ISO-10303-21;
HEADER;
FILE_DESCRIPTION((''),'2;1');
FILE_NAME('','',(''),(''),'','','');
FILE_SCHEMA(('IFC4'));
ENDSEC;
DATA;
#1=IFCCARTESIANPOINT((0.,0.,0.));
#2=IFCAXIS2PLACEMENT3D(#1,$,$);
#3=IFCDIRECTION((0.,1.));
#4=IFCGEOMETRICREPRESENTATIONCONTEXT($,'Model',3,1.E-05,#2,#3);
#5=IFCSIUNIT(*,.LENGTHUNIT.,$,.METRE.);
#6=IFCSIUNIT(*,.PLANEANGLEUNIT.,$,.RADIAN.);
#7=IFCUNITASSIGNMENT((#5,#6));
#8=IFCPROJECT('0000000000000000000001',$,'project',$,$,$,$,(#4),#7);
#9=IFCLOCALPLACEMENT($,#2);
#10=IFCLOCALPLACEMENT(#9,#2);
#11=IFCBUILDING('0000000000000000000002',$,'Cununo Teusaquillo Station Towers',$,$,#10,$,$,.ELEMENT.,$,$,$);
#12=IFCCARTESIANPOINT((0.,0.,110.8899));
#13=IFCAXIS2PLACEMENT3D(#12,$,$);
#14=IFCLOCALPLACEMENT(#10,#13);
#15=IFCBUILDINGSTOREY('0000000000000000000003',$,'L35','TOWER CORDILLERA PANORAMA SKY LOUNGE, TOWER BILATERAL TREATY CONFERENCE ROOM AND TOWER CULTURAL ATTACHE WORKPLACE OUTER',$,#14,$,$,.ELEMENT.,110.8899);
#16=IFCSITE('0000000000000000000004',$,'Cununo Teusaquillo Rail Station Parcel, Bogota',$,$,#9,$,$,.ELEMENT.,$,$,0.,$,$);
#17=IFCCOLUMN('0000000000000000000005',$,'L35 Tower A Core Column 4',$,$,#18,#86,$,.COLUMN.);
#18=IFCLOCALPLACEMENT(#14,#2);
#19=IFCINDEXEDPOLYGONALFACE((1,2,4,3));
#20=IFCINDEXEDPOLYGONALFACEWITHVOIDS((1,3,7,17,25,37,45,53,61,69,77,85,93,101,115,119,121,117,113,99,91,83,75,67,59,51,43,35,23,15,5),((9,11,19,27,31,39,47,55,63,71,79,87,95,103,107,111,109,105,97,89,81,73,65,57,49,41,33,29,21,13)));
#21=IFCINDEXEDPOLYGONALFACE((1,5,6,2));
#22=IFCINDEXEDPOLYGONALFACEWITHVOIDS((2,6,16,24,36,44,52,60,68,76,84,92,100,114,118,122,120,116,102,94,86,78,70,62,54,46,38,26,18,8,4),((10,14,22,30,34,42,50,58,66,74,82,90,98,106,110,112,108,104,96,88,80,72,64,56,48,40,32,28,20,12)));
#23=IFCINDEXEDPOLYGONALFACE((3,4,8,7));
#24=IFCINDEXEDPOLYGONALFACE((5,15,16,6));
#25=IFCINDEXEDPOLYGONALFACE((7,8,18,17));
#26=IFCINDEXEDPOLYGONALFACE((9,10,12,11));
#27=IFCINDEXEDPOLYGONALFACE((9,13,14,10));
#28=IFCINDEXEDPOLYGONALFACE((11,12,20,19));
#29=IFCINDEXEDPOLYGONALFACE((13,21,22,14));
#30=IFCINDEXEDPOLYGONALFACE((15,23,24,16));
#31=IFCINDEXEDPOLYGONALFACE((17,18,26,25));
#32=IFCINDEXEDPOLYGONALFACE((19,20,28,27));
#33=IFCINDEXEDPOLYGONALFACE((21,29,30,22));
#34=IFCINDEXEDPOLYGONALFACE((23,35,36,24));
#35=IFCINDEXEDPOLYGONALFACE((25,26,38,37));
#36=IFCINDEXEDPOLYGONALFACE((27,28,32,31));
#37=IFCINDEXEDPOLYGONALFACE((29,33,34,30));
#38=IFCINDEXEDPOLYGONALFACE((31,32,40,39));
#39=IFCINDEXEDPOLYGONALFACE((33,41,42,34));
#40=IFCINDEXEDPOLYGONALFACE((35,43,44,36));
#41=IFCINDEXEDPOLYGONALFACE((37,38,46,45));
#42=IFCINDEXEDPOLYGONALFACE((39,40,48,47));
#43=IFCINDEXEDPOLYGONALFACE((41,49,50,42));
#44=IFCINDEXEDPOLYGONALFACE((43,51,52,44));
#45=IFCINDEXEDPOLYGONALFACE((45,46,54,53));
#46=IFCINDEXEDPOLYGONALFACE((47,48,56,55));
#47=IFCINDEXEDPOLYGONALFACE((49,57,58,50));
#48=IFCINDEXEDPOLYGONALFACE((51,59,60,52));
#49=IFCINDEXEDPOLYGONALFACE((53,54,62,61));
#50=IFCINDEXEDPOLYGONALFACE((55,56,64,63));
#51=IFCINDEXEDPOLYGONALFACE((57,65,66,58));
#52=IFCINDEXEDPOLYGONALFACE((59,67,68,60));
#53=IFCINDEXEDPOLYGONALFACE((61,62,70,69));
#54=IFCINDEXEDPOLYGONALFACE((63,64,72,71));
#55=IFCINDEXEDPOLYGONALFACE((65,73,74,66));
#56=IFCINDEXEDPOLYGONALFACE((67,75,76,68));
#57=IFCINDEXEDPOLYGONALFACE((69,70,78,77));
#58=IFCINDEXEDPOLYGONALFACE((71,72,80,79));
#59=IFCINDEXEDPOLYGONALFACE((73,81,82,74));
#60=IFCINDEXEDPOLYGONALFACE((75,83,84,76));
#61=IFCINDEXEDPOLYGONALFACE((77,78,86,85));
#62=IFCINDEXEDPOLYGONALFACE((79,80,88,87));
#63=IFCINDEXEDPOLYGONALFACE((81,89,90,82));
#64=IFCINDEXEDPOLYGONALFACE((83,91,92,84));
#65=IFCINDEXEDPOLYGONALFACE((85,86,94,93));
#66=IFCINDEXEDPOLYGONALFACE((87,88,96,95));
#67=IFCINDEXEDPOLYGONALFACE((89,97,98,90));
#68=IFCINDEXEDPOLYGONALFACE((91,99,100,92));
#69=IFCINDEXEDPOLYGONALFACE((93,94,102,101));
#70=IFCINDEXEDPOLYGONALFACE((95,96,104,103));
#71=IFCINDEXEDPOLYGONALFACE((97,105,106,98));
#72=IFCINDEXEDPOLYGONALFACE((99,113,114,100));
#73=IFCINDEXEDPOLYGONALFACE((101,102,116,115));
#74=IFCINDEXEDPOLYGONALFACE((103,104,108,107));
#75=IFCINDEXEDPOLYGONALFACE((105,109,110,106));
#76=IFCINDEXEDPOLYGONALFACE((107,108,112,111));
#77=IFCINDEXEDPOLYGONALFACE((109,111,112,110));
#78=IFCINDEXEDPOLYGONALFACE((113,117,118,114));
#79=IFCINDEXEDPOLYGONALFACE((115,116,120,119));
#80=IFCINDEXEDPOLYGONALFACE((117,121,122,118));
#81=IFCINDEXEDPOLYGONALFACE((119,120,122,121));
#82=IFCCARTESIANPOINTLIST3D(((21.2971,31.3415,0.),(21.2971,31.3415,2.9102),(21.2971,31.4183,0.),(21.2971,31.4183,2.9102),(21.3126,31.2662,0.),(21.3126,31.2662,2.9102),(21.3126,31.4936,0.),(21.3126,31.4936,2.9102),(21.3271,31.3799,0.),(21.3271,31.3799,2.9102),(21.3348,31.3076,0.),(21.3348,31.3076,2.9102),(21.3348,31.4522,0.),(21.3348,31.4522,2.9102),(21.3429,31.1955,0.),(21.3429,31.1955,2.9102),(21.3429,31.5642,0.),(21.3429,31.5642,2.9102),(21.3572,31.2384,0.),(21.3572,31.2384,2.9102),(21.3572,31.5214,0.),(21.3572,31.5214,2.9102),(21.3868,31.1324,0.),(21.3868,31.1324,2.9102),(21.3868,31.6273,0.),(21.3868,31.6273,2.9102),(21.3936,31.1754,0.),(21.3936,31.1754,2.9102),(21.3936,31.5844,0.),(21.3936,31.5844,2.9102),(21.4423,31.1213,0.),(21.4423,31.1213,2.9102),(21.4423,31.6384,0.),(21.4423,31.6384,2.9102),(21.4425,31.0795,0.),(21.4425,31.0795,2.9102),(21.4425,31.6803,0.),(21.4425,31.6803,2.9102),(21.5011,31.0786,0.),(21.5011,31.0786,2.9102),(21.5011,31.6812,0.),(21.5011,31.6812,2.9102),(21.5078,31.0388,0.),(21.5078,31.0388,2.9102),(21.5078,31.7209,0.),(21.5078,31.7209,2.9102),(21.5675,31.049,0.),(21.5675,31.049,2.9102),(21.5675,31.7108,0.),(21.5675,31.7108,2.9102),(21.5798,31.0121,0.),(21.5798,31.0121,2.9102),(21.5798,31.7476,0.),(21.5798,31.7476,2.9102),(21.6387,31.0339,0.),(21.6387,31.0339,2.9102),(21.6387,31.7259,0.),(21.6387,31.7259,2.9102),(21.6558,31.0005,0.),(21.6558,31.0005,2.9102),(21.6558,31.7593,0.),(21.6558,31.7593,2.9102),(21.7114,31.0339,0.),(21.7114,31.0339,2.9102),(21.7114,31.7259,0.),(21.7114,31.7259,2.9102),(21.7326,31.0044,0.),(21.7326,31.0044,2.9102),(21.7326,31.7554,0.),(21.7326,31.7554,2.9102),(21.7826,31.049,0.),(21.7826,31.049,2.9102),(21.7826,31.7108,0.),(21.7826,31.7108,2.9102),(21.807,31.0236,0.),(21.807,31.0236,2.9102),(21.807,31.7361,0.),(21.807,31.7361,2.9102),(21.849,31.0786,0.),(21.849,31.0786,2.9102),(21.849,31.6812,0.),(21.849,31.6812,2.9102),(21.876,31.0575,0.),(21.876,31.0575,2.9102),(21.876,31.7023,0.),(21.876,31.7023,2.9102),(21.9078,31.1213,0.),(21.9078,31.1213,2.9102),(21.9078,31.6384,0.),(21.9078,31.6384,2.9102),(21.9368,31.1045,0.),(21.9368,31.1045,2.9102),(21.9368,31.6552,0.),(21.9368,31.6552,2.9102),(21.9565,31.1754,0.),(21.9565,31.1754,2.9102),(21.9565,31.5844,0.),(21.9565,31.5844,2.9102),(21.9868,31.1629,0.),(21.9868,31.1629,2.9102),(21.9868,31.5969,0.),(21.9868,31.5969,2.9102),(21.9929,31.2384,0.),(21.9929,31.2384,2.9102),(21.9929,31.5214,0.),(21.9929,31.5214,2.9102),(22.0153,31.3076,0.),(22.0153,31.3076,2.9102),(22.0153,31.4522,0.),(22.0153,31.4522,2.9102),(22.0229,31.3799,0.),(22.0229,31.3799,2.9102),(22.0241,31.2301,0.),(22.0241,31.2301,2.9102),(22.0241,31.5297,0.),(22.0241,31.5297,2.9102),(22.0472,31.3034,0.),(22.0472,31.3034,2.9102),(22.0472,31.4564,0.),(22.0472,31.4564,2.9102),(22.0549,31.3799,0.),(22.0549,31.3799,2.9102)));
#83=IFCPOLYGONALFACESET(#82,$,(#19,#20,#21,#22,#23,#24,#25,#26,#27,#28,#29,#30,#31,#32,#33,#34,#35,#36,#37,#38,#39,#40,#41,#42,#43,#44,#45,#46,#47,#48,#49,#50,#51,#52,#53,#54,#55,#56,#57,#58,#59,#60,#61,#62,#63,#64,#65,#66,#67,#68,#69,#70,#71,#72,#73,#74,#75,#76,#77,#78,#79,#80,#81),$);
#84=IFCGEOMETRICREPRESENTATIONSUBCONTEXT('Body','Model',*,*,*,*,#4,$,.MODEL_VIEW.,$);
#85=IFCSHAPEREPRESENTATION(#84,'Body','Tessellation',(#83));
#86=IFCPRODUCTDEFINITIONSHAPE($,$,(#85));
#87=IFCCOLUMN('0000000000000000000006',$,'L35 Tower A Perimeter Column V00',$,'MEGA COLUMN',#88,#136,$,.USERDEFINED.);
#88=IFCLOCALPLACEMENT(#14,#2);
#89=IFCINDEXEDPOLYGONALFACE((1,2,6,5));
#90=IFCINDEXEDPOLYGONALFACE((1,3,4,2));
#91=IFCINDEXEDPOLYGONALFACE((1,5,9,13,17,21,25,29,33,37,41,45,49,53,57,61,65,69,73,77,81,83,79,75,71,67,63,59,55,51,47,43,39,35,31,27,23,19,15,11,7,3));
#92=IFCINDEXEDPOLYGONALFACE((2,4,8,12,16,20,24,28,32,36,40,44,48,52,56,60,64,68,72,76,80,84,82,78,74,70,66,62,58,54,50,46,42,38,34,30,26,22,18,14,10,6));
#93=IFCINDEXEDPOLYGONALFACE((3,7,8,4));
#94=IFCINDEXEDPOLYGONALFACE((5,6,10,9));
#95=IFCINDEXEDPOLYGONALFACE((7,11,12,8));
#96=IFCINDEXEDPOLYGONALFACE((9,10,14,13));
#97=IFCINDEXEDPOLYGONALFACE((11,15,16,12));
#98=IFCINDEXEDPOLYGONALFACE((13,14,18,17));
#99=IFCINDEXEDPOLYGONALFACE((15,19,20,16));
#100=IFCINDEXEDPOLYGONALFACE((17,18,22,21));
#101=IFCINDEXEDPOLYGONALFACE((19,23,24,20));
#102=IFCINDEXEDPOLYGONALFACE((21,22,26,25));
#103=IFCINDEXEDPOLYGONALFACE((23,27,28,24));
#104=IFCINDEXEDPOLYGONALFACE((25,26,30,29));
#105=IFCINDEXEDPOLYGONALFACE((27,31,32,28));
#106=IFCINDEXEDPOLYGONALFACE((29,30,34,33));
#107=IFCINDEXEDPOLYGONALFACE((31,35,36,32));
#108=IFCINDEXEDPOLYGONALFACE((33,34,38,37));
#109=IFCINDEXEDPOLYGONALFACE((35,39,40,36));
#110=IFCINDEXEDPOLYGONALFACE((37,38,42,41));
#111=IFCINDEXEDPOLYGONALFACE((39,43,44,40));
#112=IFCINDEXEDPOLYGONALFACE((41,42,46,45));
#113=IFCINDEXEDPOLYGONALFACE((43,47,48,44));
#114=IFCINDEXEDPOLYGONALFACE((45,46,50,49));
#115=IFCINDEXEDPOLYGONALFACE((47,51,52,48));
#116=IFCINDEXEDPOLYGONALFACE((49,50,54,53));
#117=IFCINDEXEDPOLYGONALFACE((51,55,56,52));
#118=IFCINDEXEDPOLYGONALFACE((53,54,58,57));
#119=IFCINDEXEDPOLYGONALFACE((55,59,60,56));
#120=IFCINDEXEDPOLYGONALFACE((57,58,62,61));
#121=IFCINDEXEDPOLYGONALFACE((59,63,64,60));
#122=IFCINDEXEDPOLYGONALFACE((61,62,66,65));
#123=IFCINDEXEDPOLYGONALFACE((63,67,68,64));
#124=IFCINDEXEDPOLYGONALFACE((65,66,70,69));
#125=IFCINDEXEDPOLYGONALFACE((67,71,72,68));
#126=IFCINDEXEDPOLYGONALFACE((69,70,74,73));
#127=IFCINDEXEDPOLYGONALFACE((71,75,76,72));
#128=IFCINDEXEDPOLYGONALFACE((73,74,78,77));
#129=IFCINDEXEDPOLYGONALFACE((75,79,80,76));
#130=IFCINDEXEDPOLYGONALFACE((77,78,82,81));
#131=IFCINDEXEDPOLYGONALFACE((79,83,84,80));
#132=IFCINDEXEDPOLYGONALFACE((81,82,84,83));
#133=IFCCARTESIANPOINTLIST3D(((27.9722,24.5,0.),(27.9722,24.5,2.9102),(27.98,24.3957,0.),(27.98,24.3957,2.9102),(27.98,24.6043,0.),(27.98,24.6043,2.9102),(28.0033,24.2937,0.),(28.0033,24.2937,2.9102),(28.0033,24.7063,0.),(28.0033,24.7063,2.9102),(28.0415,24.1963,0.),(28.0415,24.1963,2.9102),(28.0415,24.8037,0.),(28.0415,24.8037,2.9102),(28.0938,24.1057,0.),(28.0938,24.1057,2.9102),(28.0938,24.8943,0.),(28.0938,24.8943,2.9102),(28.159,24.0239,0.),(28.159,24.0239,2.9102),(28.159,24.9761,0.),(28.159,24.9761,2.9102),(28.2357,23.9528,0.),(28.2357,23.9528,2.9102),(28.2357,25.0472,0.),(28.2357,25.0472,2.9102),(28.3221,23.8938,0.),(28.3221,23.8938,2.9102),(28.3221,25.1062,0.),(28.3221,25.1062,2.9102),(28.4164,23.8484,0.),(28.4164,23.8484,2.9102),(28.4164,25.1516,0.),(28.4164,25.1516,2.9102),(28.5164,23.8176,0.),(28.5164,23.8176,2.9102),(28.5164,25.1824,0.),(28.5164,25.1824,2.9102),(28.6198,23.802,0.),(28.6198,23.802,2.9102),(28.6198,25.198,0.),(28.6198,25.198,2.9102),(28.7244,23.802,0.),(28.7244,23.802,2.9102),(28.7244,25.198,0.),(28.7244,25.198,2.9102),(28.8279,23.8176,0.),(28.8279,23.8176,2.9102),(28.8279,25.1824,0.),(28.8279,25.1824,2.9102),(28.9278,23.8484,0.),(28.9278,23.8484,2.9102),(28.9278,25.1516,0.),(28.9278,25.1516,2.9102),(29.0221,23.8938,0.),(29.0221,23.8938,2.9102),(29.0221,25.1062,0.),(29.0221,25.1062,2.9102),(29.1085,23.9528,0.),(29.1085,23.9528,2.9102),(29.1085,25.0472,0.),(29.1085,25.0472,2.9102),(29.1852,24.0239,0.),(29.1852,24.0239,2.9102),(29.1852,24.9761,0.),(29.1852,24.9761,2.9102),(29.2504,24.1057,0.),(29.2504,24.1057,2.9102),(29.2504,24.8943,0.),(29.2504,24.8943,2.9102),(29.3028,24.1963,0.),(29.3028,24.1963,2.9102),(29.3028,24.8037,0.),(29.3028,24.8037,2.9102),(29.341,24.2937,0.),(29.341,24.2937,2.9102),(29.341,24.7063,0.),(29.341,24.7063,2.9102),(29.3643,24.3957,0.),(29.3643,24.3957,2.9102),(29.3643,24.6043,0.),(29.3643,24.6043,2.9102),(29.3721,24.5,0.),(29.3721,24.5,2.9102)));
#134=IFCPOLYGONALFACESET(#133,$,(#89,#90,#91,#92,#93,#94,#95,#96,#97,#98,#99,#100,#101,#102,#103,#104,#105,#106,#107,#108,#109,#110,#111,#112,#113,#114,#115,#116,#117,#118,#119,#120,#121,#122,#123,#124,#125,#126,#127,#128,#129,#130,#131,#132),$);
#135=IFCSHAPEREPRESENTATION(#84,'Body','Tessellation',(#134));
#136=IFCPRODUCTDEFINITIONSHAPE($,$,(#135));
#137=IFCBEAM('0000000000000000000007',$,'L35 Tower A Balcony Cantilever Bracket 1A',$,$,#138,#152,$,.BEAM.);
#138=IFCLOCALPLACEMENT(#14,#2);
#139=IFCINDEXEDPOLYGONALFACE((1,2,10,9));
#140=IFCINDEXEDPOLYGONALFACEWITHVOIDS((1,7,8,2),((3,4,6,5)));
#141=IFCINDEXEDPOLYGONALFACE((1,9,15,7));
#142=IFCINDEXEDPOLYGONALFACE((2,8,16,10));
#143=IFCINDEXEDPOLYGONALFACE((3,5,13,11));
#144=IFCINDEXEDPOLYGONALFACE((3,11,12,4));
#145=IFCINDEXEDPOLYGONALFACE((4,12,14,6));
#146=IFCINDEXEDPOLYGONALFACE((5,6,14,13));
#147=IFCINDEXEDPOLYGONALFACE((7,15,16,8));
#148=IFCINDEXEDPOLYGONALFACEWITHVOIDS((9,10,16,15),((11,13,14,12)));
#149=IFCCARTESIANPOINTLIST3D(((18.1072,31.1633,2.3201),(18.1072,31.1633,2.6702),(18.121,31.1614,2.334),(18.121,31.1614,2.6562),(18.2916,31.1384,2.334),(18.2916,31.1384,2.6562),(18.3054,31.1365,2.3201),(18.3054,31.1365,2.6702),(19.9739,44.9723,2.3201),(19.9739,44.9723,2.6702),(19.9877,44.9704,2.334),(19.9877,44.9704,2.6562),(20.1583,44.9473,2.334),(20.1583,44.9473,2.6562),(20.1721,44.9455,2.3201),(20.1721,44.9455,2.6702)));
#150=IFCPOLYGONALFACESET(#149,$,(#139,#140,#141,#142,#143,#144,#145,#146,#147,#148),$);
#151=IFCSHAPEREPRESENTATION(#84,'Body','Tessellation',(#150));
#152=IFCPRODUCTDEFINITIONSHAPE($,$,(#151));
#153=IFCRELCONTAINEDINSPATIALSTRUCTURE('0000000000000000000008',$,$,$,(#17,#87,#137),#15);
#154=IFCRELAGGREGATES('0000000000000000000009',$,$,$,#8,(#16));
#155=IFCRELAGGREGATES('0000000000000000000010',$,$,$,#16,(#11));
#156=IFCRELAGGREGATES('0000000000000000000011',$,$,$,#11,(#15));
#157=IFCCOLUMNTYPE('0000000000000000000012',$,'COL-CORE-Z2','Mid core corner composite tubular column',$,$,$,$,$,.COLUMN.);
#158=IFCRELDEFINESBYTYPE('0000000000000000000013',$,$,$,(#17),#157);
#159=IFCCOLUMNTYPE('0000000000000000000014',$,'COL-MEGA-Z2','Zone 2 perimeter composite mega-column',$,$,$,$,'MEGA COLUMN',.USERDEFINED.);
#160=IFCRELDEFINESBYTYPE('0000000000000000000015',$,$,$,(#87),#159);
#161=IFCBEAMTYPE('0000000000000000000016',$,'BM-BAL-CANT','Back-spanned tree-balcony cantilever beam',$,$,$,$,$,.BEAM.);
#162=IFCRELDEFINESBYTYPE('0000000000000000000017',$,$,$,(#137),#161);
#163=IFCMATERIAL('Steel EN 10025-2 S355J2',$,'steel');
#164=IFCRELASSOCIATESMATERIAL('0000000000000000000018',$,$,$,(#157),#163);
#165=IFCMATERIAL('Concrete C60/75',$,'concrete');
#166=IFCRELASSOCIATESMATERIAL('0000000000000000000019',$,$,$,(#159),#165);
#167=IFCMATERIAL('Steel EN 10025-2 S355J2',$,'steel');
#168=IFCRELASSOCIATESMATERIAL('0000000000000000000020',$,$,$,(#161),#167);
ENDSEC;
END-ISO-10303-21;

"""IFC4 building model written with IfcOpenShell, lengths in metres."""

from ifc_helpers import new_model, si_unit, direction, frame, origin, origin_2d, place, context, subcontext, project, spatial, hollow_rectangle, circle, hollow_circle, extrude, material, material_profile, profile_set, type_object, element, save


model = new_model("IFC4")

# Units and contexts
model_context = context("Model", 3, precision=1e-05, world=origin(), true_north=direction((0.0, 1.0)))
body_context = subcontext(model_context, "Body", "Model", "MODEL_VIEW")
ifc_project = project(units=[si_unit("LENGTHUNIT", "METRE"), si_unit("PLANEANGLEUNIT", "RADIAN")], contexts=[model_context])

# Site, building, storey
site_placement = place(None, origin())
site = spatial("IfcSite", under=ifc_project, at=site_placement, Name="Cununo Teusaquillo Rail Station Parcel, Bogota", CompositionType="ELEMENT", RefElevation=0.0)
building_placement = place(site_placement, origin())
building = spatial("IfcBuilding", under=site, at=building_placement, Name="Cununo Teusaquillo Station Towers", CompositionType="ELEMENT")
storey_placement = place(building_placement, frame((0.0, 0.0, 110.8899)))
storey = spatial("IfcBuildingStorey", under=building, at=storey_placement, Name="L35", Description="TOWER CORDILLERA PANORAMA SKY LOUNGE, TOWER BILATERAL TREATY CONFERENCE ROOM AND TOWER CULTURAL ATTACHE WORKPLACE OUTER", CompositionType="ELEMENT", Elevation=110.8899)

# Columns
ifc_material_1 = material(Name="Steel EN 10025-2 S355J2", Category="steel")
ifc_material_profile_1 = material_profile(ifc_material_1, hollow_circle(Radius=0.3799, WallThickness=0.032, at=origin_2d()), Name="CHS 760x32")
ifc_profile_set_1 = profile_set([ifc_material_profile_1], Name="Steel EN 10025-2 S355J2")
column_type_1 = type_object("IfcColumnType", Name="COL-CORE-Z2", Description="Mid core corner composite tubular column", PredefinedType="COLUMN", material=ifc_profile_set_1)
column_1_placement = place(storey_placement, frame((21.675, 31.3799, 0.0), z_axis=(0.0, 0.0, 1.0), x_axis=(1.0, 0.0, 0.0)))
element("IfcColumn", 1, at=column_1_placement, inside=storey, type_object=column_type_1, Name="L35 Tower A Core Column 4", PredefinedType="COLUMN", context=body_context, shape_type="SweptSolid", body=[
    extrude(hollow_circle(Radius=0.3799, WallThickness=0.032, at=origin_2d()), origin(), (0.0, 0.0, 1.0), 2.9102),
])
ifc_material_2 = material(Name="Concrete C60/75", Category="concrete")
ifc_material_profile_2 = material_profile(ifc_material_2, circle(Radius=0.7, at=origin_2d()), Name="RC-CIRC-1400")
ifc_profile_set_2 = profile_set([ifc_material_profile_2], Name="Concrete C60/75")
column_type_2 = type_object("IfcColumnType", Name="COL-MEGA-Z2", Description="Zone 2 perimeter composite mega-column", ElementType="MEGA COLUMN", PredefinedType="USERDEFINED", material=ifc_profile_set_2)
column_2_placement = place(storey_placement, frame((28.6721, 24.5, 0.0), z_axis=(0.0, 0.0, 1.0), x_axis=(1.0, 0.0, 0.0)))
element("IfcColumn", 2, at=column_2_placement, inside=storey, type_object=column_type_2, Name="L35 Tower A Perimeter Column V00", ObjectType="MEGA COLUMN", PredefinedType="USERDEFINED", context=body_context, shape_type="SweptSolid", body=[
    extrude(circle(Radius=0.7, at=origin_2d()), origin(), (0.0, 0.0, 1.0), 2.9102),
])

# Beam
ifc_material_3 = material(Name="Steel EN 10025-2 S355J2", Category="steel")
ifc_material_profile_3 = material_profile(ifc_material_3, hollow_rectangle(XDim=0.2, YDim=0.3501, WallThickness=0.0139, at=origin_2d()), Name="RHS 350x200x14")
ifc_profile_set_3 = profile_set([ifc_material_profile_3], Name="Steel EN 10025-2 S355J2")
beam_type_1 = type_object("IfcBeamType", Name="BM-BAL-CANT", Description="Back-spanned tree-balcony cantilever beam", PredefinedType="BEAM", material=ifc_profile_set_3)
beam_1_placement = place(storey_placement, frame((18.2063, 31.1499, 2.4951), z_axis=(0.133961, 0.990987, 0.0), x_axis=(-0.990987, 0.133961, 0.0)))
element("IfcBeam", 3, at=beam_1_placement, inside=storey, type_object=beam_type_1, Name="L35 Tower A Balcony Cantilever Bracket 1A", PredefinedType="BEAM", context=body_context, shape_type="SweptSolid", body=[
    extrude(hollow_rectangle(XDim=0.2, YDim=0.3501, WallThickness=0.0139, at=origin_2d()), origin(), (0.0, 0.0, 1.0), 13.9346),
])

save(model, "model.ifc")
